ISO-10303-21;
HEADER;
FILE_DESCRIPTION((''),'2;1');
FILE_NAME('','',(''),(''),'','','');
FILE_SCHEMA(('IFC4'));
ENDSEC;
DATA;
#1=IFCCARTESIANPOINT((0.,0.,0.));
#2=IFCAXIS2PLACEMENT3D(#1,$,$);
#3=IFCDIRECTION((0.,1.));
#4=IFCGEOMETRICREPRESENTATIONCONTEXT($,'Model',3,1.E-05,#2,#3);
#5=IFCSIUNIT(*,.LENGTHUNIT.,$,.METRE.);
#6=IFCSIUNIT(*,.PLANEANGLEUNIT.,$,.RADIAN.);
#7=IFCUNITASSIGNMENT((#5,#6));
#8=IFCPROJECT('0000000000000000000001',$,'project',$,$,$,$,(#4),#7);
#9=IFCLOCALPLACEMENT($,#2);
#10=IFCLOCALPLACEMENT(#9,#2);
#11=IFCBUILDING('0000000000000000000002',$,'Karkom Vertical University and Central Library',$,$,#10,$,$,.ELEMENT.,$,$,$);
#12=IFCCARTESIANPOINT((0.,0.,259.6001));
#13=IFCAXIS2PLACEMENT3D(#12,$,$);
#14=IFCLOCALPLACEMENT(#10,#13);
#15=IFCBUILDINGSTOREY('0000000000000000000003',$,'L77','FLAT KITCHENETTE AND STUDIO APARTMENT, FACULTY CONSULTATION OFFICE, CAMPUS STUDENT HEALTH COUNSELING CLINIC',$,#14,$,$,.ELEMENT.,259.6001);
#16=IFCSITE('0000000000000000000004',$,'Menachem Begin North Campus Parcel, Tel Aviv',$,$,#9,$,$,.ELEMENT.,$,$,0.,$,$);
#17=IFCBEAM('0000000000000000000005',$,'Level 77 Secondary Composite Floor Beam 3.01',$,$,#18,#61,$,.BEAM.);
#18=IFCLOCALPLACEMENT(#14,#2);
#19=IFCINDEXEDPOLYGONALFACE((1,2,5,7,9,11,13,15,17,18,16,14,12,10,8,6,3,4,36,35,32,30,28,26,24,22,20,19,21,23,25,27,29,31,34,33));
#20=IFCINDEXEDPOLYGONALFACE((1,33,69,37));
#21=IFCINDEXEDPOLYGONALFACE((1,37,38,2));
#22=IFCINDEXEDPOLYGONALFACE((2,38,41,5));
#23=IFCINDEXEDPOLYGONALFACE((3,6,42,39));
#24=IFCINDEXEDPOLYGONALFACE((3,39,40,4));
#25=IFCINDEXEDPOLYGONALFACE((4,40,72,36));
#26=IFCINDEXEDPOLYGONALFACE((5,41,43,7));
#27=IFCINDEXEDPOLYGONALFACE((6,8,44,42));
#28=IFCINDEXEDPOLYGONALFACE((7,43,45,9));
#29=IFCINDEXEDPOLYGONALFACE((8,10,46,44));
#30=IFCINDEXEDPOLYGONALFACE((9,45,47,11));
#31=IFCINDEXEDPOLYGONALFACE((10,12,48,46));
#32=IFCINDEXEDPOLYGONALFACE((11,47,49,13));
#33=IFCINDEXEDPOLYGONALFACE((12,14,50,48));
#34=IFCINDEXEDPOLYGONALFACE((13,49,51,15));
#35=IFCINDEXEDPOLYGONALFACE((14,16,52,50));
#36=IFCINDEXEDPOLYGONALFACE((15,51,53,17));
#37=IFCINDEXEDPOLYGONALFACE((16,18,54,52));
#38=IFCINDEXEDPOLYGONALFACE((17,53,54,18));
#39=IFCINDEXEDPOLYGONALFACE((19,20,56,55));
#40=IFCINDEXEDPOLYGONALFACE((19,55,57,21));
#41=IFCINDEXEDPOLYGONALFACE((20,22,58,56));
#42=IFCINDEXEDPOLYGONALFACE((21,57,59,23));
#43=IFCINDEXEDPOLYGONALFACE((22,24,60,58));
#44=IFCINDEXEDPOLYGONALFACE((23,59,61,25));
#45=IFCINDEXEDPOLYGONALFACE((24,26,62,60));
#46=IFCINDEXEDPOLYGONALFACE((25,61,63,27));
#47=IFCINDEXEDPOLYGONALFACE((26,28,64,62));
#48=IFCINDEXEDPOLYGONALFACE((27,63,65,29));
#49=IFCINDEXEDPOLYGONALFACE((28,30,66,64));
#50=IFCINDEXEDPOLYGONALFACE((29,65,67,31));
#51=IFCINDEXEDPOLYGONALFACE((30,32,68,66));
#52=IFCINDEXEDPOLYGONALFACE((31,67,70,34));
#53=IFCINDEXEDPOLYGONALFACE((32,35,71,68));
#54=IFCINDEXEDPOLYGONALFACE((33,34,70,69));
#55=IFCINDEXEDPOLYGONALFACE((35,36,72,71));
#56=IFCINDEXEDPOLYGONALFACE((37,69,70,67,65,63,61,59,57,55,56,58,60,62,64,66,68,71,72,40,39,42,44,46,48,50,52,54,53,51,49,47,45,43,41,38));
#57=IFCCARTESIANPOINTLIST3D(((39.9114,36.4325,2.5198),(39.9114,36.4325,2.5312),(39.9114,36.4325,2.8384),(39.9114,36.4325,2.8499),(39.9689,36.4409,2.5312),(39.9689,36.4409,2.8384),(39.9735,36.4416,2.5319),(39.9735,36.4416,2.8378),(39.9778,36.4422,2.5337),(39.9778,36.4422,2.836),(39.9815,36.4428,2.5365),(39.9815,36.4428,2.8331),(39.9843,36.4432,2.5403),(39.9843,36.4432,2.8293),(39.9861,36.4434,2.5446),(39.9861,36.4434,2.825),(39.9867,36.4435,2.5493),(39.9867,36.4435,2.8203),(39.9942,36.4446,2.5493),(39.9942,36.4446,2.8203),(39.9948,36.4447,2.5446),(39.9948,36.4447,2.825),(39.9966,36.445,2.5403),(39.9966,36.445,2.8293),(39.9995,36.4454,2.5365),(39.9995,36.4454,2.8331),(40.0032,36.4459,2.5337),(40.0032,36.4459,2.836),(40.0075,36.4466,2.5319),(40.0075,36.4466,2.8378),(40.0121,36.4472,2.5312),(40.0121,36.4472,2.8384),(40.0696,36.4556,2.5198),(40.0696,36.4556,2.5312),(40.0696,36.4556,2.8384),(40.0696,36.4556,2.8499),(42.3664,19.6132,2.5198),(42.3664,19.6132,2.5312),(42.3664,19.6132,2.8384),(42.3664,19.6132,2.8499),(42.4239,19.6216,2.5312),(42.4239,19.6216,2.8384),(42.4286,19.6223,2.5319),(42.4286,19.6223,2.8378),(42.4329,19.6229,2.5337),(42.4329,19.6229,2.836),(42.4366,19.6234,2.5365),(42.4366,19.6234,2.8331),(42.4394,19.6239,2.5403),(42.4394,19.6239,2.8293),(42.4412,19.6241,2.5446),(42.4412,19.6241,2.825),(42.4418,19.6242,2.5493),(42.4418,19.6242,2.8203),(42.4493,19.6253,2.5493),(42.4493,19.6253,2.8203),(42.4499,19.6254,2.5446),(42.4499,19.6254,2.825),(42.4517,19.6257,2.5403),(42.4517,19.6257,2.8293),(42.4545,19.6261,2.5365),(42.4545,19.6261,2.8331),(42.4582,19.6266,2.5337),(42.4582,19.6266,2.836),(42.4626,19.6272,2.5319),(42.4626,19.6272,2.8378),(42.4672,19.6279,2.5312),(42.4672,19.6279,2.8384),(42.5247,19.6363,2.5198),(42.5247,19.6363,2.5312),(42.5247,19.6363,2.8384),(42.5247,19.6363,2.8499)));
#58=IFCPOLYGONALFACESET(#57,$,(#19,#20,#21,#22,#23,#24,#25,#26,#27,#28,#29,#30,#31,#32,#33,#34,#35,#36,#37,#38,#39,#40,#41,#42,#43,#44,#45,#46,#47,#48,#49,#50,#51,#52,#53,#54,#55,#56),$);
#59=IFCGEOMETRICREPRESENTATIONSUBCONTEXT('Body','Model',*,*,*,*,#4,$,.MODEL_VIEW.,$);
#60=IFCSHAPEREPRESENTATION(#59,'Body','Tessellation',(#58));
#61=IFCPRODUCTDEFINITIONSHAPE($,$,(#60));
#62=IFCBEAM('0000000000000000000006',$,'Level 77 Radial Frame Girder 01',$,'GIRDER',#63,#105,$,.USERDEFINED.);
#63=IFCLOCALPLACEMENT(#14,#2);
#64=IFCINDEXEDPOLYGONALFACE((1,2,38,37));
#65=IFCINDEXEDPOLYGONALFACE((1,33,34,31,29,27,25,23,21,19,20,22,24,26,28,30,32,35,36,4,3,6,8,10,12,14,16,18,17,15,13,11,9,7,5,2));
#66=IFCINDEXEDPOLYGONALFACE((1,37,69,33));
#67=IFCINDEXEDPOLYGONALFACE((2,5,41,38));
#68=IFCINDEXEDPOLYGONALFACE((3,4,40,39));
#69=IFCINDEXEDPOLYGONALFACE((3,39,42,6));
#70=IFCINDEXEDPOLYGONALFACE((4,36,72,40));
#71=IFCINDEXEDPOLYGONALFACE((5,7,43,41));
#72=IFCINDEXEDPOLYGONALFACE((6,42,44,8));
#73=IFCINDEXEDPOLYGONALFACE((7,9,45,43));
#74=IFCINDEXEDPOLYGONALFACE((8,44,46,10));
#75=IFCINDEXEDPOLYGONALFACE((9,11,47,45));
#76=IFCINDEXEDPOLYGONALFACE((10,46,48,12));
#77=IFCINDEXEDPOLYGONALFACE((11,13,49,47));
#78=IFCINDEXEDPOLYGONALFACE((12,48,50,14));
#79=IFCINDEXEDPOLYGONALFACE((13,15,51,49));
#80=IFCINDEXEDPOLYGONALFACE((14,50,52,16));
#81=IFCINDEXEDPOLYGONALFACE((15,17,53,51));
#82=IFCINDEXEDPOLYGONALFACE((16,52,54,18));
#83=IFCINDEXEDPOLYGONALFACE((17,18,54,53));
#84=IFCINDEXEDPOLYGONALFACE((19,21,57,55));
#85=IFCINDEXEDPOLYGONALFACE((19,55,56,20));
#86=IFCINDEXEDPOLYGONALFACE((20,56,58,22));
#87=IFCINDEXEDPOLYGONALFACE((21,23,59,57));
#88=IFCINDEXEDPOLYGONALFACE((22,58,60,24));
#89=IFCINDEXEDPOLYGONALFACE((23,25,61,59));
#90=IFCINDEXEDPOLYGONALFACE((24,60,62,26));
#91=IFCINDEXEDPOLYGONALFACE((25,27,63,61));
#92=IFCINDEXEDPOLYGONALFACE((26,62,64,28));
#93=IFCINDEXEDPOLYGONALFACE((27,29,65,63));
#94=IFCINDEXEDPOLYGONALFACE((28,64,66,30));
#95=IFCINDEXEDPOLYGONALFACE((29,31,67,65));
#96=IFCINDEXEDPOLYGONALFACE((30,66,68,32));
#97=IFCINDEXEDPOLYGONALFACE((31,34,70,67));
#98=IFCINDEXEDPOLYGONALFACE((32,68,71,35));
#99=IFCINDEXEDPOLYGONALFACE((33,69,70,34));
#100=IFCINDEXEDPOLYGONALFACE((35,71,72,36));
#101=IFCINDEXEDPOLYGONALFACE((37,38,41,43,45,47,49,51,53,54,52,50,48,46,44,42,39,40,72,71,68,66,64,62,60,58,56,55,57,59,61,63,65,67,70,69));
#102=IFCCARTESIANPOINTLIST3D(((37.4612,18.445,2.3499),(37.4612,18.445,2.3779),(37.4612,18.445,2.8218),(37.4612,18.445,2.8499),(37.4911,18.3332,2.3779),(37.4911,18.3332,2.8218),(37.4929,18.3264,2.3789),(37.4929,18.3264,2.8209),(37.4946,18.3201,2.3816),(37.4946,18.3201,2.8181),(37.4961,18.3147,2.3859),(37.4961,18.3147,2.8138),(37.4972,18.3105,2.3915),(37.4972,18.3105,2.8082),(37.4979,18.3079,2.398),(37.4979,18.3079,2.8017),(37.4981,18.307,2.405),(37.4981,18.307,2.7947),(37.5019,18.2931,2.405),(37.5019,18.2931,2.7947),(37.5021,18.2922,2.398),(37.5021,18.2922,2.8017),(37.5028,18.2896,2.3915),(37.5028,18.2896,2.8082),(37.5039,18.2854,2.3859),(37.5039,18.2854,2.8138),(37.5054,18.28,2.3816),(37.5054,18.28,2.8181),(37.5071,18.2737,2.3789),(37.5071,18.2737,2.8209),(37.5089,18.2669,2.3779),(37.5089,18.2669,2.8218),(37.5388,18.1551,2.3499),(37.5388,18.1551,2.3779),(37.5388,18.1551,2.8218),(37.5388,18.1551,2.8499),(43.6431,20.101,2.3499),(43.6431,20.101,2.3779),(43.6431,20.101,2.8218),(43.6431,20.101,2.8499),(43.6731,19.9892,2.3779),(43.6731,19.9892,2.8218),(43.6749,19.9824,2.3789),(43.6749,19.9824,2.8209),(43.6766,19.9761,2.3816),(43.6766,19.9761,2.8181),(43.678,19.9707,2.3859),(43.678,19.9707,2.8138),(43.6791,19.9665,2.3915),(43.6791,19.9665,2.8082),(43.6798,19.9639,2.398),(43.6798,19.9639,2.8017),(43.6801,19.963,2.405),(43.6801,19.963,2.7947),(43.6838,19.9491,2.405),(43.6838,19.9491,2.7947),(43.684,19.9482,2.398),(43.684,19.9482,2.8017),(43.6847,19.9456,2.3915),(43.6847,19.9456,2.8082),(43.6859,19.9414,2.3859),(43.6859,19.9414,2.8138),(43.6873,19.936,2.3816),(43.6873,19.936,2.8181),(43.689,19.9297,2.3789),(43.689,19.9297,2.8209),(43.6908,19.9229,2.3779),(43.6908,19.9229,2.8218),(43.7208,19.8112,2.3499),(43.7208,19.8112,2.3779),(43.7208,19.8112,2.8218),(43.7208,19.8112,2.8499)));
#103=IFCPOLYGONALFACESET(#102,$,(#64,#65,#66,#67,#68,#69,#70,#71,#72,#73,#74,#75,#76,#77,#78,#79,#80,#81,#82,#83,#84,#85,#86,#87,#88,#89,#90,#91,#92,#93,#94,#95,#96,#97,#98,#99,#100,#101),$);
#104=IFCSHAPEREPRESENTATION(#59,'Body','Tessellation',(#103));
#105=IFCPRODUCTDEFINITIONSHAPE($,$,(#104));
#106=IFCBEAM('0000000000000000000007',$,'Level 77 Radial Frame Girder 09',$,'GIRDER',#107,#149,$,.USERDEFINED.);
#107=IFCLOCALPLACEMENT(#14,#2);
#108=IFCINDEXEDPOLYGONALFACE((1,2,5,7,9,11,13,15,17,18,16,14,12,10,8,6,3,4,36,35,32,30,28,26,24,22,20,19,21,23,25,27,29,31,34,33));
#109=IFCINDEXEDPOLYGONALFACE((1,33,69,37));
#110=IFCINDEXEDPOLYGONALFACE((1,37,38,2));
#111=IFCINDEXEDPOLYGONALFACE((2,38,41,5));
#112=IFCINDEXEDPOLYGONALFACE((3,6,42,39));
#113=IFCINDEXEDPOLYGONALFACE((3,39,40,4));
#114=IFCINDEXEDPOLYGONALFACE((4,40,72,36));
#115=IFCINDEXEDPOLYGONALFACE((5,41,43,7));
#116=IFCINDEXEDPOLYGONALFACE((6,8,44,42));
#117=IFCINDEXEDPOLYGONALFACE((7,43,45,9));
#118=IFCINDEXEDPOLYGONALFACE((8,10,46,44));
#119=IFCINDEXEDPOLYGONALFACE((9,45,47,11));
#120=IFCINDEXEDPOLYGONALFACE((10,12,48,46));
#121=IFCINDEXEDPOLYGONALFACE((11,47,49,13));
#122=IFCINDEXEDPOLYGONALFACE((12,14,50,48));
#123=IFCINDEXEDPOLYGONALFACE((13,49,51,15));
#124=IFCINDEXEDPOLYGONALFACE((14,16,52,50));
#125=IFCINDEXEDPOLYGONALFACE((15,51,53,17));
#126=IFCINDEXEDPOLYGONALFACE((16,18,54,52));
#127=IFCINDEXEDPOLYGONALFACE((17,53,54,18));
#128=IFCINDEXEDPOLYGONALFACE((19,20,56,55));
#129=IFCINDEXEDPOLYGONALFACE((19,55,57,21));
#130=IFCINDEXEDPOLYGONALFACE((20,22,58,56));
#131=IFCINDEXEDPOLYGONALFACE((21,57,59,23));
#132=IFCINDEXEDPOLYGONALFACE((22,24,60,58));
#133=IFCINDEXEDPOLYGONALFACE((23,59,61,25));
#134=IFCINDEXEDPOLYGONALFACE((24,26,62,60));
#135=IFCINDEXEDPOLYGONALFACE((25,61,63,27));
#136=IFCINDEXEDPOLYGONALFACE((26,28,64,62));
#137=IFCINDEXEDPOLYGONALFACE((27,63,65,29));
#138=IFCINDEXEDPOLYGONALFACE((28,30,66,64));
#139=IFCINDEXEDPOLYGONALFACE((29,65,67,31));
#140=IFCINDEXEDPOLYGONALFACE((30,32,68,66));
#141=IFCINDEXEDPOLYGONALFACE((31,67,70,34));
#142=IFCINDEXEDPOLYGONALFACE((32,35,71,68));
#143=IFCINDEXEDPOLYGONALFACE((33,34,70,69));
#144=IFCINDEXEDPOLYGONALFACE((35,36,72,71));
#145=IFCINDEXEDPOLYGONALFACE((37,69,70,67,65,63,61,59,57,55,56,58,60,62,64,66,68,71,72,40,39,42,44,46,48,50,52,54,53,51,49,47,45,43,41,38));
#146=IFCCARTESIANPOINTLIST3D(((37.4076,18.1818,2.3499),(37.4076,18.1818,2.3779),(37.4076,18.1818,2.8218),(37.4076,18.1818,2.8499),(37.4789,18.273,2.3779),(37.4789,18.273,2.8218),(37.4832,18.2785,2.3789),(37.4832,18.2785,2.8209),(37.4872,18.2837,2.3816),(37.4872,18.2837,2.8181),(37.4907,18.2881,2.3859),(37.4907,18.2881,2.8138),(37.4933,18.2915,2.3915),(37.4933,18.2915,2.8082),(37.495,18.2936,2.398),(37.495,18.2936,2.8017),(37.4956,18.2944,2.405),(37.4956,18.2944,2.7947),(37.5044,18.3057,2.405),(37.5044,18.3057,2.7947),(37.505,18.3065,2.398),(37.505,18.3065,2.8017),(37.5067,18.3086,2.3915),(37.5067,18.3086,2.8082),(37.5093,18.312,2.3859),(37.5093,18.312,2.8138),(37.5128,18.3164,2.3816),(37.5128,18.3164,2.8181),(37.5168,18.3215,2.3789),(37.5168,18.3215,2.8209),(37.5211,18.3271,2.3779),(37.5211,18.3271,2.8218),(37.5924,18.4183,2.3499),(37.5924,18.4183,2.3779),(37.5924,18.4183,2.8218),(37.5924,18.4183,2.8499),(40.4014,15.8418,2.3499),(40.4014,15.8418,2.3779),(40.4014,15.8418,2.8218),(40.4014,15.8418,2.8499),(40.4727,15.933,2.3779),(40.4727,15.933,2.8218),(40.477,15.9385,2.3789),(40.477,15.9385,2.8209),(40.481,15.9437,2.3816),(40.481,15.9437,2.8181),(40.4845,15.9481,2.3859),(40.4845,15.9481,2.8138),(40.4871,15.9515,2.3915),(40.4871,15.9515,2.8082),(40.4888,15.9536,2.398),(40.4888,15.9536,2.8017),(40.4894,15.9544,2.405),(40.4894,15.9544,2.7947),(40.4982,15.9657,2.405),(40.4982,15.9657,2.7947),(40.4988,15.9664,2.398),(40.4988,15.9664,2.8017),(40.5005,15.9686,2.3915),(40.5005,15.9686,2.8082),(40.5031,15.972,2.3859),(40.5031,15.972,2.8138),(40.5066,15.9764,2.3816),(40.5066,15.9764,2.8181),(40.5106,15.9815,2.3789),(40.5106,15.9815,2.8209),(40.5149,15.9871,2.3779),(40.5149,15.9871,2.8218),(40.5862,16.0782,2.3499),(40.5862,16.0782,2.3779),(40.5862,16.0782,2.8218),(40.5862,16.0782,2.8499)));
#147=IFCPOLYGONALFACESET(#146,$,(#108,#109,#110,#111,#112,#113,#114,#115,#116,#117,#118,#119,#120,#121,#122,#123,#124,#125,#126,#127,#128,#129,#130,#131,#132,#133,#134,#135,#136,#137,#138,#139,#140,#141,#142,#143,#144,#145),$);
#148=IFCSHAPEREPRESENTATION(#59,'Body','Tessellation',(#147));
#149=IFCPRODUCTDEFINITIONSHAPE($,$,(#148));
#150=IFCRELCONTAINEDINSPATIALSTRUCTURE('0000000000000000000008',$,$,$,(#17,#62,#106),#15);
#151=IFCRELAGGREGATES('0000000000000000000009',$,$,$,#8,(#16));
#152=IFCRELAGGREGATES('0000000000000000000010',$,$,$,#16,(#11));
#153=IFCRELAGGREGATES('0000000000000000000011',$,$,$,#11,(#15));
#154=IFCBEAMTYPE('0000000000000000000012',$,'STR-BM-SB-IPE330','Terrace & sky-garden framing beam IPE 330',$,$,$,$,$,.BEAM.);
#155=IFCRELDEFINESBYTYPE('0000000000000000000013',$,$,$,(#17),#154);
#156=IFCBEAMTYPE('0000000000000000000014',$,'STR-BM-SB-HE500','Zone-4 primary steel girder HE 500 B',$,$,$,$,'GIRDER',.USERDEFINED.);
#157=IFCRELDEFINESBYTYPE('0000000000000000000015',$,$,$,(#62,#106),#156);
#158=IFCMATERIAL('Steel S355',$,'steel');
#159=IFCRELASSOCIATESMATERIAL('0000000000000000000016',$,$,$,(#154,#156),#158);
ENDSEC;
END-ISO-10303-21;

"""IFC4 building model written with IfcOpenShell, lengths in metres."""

from ifc_helpers import new_model, si_unit, direction, frame, origin, origin_with_axes, origin_2d, place, context, subcontext, project, spatial, i_section, extrude, source, transform, mapped, material, material_profile, profile_set, type_object, element, save


model = new_model("IFC4")

# Units and contexts
model_context = context("Model", 3, precision=1e-05, world=origin(), true_north=direction((0.0, 1.0)))
body_context = subcontext(model_context, "Body", "Model", "MODEL_VIEW")
ifc_project = project(units=[si_unit("LENGTHUNIT", "METRE"), si_unit("PLANEANGLEUNIT", "RADIAN")], contexts=[model_context])

# Site, building, storey
site_placement = place(None, origin())
site = spatial("IfcSite", under=ifc_project, at=site_placement, Name="Menachem Begin North Campus Parcel, Tel Aviv", CompositionType="ELEMENT", RefElevation=0.0)
building_placement = place(site_placement, origin())
building = spatial("IfcBuilding", under=site, at=building_placement, Name="Karkom Vertical University and Central Library", CompositionType="ELEMENT")
storey_placement = place(building_placement, frame((0.0, 0.0, 259.6001)))
storey = spatial("IfcBuildingStorey", under=building, at=storey_placement, Name="L77", Description="FLAT KITCHENETTE AND STUDIO APARTMENT, FACULTY CONSULTATION OFFICE, CAMPUS STUDENT HEALTH COUNSELING CLINIC", CompositionType="ELEMENT", Elevation=259.6001)

# Beams
ifc_material_1 = material(Name="Steel S355", Category="steel")
ifc_material_profile_1 = material_profile(ifc_material_1, i_section(OverallWidth=0.1599, OverallDepth=0.3301, WebThickness=0.0076, FlangeThickness=0.0115, FilletRadius=0.0181, at=origin_2d()), Name="IPE 330")
ifc_profile_set_1 = profile_set([ifc_material_profile_1], Name="Steel S355")
beam_type_1 = type_object("IfcBeamType", Name="STR-BM-SB-IPE330", Description="Terrace & sky-garden framing beam IPE 330", PredefinedType="BEAM", material=ifc_profile_set_1)
shared_shape_1 = source(origin_with_axes(), body_context, "Body", "SweptSolid", [
    extrude(i_section(OverallWidth=0.1599, OverallDepth=0.3301, WebThickness=0.0076, FlangeThickness=0.0115, FilletRadius=0.0181, at=origin_2d()), origin(), (0.0, 0.0, 1.0), 16.9976),
])
beam_1_placement = place(storey_placement, frame((42.4456, 19.6248, 2.6848), z_axis=(-0.144437, 0.989514, 0.0), x_axis=(-0.989514, -0.144437, 0.0)))
element("IfcBeam", 1, at=beam_1_placement, inside=storey, type_object=beam_type_1, Name="Level 77 Secondary Composite Floor Beam 3.01", PredefinedType="BEAM", context=body_context, shape_type="MappedRepresentation", body=[
    mapped(shared_shape_1, transform((0.0, 0.0, 0.0), scale=1.0)),
])
ifc_material_profile_2 = material_profile(ifc_material_1, i_section(OverallWidth=0.3, OverallDepth=0.5, WebThickness=0.0144, FlangeThickness=0.0281, FilletRadius=0.0271, at=origin_2d()), Name="HE 500 B")
ifc_profile_set_2 = profile_set([ifc_material_profile_2], Name="Steel S355")
beam_type_2 = type_object("IfcBeamType", Name="STR-BM-SB-HE500", Description="Zone-4 primary steel girder HE 500 B", ElementType="GIRDER", PredefinedType="USERDEFINED", material=ifc_profile_set_2)
shared_shape_2 = source(origin_with_axes(), body_context, "Body", "SweptSolid", [
    extrude(i_section(OverallWidth=0.3, OverallDepth=0.5, WebThickness=0.0144, FlangeThickness=0.0281, FilletRadius=0.0271, at=origin_2d()), origin(), (0.0, 0.0, 1.0), 6.3999),
])
beam_2_placement = place(storey_placement, frame((37.5, 18.3, 2.5999), z_axis=(0.965942, 0.258757, 0.0), x_axis=(-0.258757, 0.965942, 0.0)))
element("IfcBeam", 2, at=beam_2_placement, inside=storey, type_object=beam_type_2, Name="Level 77 Radial Frame Girder 01", ObjectType="GIRDER", PredefinedType="USERDEFINED", context=body_context, shape_type="MappedRepresentation", body=[
    mapped(shared_shape_2, transform((0.0, 0.0, 0.0), scale=1.0)),
])
shared_shape_3 = source(origin_with_axes(), body_context, "Body", "SweptSolid", [
    extrude(i_section(OverallWidth=0.3, OverallDepth=0.5, WebThickness=0.0144, FlangeThickness=0.0281, FilletRadius=0.0271, at=origin_2d()), origin(), (0.0, 0.0, 1.0), 3.7998),
])
beam_3_placement = place(storey_placement, frame((37.5, 18.3, 2.5999), z_axis=(0.787883, -0.615825, 0.0), x_axis=(0.615825, 0.787883, 0.0)))
element("IfcBeam", 3, at=beam_3_placement, inside=storey, type_object=beam_type_2, Name="Level 77 Radial Frame Girder 09", ObjectType="GIRDER", PredefinedType="USERDEFINED", context=body_context, shape_type="MappedRepresentation", body=[
    mapped(shared_shape_3, transform((0.0, 0.0, 0.0), scale=1.0)),
])

save(model, "model.ifc")
